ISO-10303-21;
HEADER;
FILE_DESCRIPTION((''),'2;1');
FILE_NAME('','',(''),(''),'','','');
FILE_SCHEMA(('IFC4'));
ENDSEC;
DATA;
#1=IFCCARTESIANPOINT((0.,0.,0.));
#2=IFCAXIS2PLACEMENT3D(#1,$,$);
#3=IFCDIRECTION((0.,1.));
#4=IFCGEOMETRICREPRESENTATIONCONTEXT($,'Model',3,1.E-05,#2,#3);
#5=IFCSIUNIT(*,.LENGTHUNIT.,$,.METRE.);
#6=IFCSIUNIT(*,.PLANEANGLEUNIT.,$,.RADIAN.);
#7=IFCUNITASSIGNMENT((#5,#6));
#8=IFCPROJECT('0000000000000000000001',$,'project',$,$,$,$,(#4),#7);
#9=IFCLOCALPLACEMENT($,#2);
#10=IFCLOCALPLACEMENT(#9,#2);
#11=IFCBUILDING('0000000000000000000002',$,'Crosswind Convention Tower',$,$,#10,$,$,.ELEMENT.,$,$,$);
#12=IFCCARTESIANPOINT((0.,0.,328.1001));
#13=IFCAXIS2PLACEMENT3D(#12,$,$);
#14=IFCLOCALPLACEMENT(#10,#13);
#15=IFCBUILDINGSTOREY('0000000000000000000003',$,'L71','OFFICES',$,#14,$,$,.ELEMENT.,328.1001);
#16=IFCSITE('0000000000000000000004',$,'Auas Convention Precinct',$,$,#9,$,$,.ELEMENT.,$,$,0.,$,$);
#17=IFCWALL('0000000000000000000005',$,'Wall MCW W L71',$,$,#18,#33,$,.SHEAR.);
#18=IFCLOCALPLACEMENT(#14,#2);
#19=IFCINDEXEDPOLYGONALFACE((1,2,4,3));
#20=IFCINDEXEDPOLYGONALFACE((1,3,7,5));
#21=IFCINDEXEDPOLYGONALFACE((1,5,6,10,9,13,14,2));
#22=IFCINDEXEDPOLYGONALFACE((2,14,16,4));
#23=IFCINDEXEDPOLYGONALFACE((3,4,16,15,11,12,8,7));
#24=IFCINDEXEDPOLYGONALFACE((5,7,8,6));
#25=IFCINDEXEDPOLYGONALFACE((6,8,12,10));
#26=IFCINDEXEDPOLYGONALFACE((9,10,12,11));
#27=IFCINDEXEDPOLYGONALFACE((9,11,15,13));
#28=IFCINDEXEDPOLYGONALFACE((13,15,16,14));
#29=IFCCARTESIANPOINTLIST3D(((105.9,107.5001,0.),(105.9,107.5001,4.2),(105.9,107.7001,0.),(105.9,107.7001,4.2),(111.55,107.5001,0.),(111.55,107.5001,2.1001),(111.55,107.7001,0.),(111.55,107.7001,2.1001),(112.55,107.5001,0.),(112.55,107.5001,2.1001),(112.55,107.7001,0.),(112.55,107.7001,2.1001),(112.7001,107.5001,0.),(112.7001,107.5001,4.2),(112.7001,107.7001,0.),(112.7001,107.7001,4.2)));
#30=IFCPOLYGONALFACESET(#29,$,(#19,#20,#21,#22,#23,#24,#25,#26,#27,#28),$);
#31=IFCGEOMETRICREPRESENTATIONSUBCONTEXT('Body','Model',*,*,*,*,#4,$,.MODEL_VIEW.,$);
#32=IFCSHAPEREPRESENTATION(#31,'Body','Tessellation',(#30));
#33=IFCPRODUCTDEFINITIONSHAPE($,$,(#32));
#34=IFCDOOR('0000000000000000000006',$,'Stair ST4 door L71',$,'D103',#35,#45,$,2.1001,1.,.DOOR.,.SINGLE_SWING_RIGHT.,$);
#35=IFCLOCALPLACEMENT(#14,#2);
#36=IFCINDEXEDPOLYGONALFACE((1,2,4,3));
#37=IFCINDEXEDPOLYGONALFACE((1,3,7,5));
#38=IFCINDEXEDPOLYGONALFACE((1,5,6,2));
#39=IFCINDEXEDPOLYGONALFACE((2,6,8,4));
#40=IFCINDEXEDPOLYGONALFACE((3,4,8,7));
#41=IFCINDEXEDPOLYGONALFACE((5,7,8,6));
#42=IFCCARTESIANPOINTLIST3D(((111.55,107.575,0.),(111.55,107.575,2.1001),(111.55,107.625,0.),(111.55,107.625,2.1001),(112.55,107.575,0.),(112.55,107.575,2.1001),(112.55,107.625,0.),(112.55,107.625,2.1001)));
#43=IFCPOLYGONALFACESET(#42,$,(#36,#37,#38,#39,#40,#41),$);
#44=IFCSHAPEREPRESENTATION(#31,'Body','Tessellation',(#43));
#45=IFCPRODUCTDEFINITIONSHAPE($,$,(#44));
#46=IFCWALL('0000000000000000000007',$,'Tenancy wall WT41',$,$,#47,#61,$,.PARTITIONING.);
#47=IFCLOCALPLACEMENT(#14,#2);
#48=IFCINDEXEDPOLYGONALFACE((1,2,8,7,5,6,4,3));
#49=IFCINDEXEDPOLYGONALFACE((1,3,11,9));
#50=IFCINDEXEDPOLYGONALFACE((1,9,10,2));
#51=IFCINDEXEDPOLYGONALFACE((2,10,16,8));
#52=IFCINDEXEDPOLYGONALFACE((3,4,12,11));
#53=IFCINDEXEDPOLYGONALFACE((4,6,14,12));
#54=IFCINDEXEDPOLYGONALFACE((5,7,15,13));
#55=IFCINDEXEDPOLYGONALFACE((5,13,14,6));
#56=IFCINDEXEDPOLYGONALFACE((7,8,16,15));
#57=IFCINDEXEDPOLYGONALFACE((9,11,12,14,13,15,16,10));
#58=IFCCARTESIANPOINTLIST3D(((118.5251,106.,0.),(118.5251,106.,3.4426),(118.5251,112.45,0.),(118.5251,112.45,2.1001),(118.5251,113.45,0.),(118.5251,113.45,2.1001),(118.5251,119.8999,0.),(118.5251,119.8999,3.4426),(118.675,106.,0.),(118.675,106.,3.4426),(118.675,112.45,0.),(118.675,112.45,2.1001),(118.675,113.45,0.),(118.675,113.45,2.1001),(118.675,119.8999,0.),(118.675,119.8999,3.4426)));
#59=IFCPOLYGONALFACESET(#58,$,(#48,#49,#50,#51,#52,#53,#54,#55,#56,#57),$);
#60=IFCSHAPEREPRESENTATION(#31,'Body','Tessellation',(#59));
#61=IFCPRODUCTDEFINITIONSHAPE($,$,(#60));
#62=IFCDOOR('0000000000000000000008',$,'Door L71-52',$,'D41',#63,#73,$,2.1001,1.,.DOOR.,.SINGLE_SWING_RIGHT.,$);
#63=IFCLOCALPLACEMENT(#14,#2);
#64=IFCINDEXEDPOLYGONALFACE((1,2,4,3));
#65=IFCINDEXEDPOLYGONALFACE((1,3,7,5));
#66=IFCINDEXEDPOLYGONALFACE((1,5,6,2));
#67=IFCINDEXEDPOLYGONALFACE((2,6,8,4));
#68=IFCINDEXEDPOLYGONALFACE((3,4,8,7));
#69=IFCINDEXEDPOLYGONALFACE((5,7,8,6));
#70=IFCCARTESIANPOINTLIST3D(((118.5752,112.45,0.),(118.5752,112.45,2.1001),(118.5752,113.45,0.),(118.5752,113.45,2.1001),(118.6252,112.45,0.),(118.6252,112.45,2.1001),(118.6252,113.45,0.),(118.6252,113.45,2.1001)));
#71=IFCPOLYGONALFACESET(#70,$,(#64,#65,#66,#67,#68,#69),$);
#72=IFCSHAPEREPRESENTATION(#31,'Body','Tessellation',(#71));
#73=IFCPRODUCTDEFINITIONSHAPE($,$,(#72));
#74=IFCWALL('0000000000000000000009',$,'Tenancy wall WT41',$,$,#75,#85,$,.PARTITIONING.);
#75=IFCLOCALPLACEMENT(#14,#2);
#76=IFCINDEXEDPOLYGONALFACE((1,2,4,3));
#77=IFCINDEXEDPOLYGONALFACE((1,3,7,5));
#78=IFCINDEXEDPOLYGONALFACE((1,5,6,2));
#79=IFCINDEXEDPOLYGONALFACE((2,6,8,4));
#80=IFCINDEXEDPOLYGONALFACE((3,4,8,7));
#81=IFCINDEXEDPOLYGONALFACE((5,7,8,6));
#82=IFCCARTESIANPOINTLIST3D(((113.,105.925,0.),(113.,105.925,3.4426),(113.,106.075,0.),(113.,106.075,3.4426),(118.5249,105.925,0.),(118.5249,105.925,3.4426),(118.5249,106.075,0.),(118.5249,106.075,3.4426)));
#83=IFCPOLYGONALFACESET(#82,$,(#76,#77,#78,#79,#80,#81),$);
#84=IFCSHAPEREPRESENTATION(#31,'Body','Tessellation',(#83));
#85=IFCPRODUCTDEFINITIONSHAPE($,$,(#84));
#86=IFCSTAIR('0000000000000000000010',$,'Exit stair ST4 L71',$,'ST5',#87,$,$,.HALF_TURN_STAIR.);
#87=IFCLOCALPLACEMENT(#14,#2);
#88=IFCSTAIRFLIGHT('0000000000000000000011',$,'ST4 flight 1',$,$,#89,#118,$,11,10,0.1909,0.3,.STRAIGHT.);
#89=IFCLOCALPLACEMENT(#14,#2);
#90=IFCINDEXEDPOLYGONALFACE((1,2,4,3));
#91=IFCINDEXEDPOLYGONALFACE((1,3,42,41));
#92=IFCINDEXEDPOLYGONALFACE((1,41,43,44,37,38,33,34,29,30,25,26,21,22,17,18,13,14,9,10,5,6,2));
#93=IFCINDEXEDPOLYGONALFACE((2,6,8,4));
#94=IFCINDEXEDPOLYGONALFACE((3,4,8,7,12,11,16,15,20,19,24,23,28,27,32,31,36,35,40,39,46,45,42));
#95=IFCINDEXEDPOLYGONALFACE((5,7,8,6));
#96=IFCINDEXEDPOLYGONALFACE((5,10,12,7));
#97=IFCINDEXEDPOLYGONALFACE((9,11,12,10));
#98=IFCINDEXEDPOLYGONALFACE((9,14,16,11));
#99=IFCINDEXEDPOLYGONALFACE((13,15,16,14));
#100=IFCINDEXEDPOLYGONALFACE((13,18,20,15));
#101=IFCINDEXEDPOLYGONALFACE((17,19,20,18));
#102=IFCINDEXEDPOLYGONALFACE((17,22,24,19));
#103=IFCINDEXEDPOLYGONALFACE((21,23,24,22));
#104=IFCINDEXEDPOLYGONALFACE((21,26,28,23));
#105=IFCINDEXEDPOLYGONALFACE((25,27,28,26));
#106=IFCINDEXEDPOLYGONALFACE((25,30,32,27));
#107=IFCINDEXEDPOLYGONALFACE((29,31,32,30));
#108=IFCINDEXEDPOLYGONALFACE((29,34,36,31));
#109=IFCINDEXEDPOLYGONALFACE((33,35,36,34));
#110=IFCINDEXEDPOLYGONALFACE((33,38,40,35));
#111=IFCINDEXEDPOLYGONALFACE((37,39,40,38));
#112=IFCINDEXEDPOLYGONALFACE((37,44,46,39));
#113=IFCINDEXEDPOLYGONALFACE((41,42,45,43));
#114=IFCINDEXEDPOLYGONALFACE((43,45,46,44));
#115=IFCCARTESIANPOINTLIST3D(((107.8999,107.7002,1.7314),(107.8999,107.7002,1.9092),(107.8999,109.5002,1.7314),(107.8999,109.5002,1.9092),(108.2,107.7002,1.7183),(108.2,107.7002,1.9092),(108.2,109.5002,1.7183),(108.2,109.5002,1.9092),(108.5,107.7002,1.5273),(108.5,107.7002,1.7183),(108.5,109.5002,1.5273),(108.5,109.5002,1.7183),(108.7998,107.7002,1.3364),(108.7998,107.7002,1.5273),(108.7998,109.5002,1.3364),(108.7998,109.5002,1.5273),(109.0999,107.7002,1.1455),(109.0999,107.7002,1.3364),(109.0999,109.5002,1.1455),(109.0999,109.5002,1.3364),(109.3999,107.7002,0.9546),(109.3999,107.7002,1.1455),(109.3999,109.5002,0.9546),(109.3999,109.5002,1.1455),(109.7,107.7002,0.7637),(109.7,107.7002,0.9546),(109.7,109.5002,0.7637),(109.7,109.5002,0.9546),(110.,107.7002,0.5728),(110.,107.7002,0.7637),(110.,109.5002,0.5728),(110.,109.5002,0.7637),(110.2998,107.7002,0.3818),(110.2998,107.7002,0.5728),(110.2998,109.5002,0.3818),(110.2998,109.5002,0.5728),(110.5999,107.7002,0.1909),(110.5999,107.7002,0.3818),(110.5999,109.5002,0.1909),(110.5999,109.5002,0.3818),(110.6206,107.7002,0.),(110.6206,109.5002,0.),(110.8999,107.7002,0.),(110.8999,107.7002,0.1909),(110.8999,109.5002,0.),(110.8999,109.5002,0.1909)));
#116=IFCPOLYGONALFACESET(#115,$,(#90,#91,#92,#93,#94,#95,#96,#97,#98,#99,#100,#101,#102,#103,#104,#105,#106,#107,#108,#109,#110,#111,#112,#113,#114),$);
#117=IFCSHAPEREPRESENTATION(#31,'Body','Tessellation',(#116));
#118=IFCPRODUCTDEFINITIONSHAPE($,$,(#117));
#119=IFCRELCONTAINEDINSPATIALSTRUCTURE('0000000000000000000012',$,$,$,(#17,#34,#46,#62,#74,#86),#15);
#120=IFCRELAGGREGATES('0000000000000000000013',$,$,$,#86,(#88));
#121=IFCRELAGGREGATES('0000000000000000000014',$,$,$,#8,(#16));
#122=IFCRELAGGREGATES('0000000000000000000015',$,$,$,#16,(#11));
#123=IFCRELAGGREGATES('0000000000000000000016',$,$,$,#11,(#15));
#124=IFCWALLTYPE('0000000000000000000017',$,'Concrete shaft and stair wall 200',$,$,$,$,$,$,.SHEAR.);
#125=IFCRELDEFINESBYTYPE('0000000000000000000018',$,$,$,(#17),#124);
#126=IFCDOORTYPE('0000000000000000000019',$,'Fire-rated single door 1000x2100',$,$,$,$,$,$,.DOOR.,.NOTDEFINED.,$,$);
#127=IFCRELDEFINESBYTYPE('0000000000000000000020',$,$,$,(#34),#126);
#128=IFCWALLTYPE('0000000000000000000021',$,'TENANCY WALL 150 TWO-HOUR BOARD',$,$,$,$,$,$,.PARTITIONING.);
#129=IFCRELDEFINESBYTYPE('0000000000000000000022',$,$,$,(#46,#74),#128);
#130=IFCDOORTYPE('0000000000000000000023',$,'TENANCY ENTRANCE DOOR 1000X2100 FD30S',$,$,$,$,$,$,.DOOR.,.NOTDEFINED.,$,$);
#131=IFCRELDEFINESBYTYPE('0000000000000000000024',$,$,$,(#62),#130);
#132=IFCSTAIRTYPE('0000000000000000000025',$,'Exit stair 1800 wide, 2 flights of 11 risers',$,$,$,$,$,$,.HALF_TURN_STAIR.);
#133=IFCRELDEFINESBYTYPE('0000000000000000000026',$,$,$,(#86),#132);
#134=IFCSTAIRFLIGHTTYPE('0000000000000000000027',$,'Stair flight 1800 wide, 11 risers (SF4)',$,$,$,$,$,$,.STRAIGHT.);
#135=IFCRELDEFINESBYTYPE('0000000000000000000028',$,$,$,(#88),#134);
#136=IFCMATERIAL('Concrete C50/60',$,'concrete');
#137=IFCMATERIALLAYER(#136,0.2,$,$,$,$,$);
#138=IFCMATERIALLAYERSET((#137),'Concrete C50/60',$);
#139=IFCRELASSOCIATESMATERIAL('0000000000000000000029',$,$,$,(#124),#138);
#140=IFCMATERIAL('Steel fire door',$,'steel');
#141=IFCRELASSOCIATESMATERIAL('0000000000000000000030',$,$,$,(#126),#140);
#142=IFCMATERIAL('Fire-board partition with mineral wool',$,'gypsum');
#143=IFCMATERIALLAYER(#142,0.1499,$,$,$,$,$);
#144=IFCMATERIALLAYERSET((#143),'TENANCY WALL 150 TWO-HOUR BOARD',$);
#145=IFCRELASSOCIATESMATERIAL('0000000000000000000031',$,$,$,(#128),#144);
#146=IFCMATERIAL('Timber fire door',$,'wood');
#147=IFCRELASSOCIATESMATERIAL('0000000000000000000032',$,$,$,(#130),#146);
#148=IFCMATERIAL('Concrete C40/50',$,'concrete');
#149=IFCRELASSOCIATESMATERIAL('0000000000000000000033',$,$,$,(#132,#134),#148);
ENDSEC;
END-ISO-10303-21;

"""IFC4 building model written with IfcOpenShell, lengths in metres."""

from ifc_helpers import new_model, si_unit, direction, frame, frame_2d, origin, place, context, subcontext, project, spatial, polyline, rectangle, outline, extrude, material, layer, layer_set, type_object, element, fill, aggregate, save


model = new_model("IFC4")

# Units and contexts
model_context = context("Model", 3, precision=1e-05, world=origin(), true_north=direction((0.0, 1.0)))
body_context = subcontext(model_context, "Body", "Model", "MODEL_VIEW")
ifc_project = project(units=[si_unit("LENGTHUNIT", "METRE"), si_unit("PLANEANGLEUNIT", "RADIAN")], contexts=[model_context])

# Site, building, storey
site_placement = place(None, origin())
site = spatial("IfcSite", under=ifc_project, at=site_placement, Name="Auas Convention Precinct", CompositionType="ELEMENT", RefElevation=0.0)
building_placement = place(site_placement, origin())
building = spatial("IfcBuilding", under=site, at=building_placement, Name="Crosswind Convention Tower", CompositionType="ELEMENT")
storey_placement = place(building_placement, frame((0.0, 0.0, 328.1001)))
storey = spatial("IfcBuildingStorey", under=building, at=storey_placement, Name="L71", Description="OFFICES", CompositionType="ELEMENT", Elevation=328.1001)

# Shared definitions
ifc_material_1 = material(Name="Concrete C50/60", Category="concrete")
ifc_layer_1 = layer(ifc_material_1, 0.2)
ifc_layer_set_1 = layer_set([ifc_layer_1], Name="Concrete C50/60")
wall_type_1 = type_object("IfcWallType", Name="Concrete shaft and stair wall 200", PredefinedType="SHEAR", material=ifc_layer_set_1)

# Walls, openings, doors
ifc_material_2 = material(Name="Steel fire door", Category="steel")
wall_1_placement = place(storey_placement, frame((112.7, 107.6001, 0.0), z_axis=(0.0, 0.0, 1.0), x_axis=(-1.0, 0.0, 0.0)))
wall_1 = element("IfcWall", 1, at=wall_1_placement, inside=storey, type_object=wall_type_1, Name="Wall MCW W L71", PredefinedType="SHEAR", context=body_context, shape_type="SweptSolid", body=[
    extrude(rectangle(XDim=6.8, YDim=0.2, at=frame_2d((3.3999, 0.0))), origin(), (0.0, 0.0, 1.0), 4.2),
])
opening_1_placement = place(wall_1_placement, frame((0.1499, 0.0, 0.0)))
opening_1 = element("IfcOpeningElement", 2, at=opening_1_placement, cuts=wall_1, PredefinedType="OPENING", context=body_context, shape_type="SweptSolid", body=[
    extrude(rectangle(XDim=1.0, YDim=2.1001, at=frame_2d((0.5, 1.05))), frame((0.0, 0.1099, 0.0), z_axis=(0.0, -1.0, 0.0), x_axis=(1.0, 0.0, 0.0)), (0.0, 0.0, 1.0), 0.22),
])
door_type_1 = type_object("IfcDoorType", Name="Fire-rated single door 1000x2100", OperationType="NOTDEFINED", PredefinedType="DOOR", material=ifc_material_2)
door_1_placement = place(opening_1_placement, frame((1.0, 0.0, 0.0), z_axis=(0.0, 0.0, 1.0), x_axis=(-1.0, 0.0, 0.0)))
door_1 = element("IfcDoor", 3, at=door_1_placement, inside=storey, type_object=door_type_1, Name="Stair ST4 door L71", ObjectType="D103", OperationType="SINGLE_SWING_RIGHT", OverallHeight=2.1001, OverallWidth=1.0, PredefinedType="DOOR", context=body_context, shape_type="SweptSolid", body=[
    extrude(rectangle(XDim=1.0, YDim=2.1001, at=frame_2d((0.5, 1.05))), frame((0.0, 0.0249, 0.0), z_axis=(0.0, -1.0, 0.0), x_axis=(1.0, 0.0, 0.0)), (0.0, 0.0, 1.0), 0.05),
])
fill(opening_1, door_1)
ifc_material_3 = material(Name="Fire-board partition with mineral wool", Category="gypsum")
ifc_layer_2 = layer(ifc_material_3, 0.1499)
ifc_layer_set_2 = layer_set([ifc_layer_2], Name="TENANCY WALL 150 TWO-HOUR BOARD")
wall_type_2 = type_object("IfcWallType", Name="TENANCY WALL 150 TWO-HOUR BOARD", PredefinedType="PARTITIONING", material=ifc_layer_set_2)
wall_2_placement = place(storey_placement, frame((118.6001, 106.0, 0.0), z_axis=(0.0, 0.0, 1.0), x_axis=(0.0, 1.0, 0.0)))
wall_2 = element("IfcWall", 4, at=wall_2_placement, inside=storey, type_object=wall_type_2, Name="Tenancy wall WT41", PredefinedType="PARTITIONING", context=body_context, shape_type="SweptSolid", body=[
    extrude(rectangle(XDim=13.8999, YDim=0.1499, at=frame_2d((6.95, 0.0))), origin(), (0.0, 0.0, 1.0), 3.4426),
])
opening_2_placement = place(wall_2_placement, frame((6.45, 0.0, 0.0)))
opening_2 = element("IfcOpeningElement", 5, at=opening_2_placement, cuts=wall_2, PredefinedType="OPENING", context=body_context, shape_type="SweptSolid", body=[
    extrude(rectangle(XDim=1.0, YDim=2.1001, at=frame_2d((0.5, 1.05))), frame((0.0, 0.085, 0.0), z_axis=(0.0, -1.0, 0.0), x_axis=(1.0, 0.0, 0.0)), (0.0, 0.0, 1.0), 0.1699),
])
ifc_material_4 = material(Name="Timber fire door", Category="wood")
door_type_2 = type_object("IfcDoorType", Name="TENANCY ENTRANCE DOOR 1000X2100 FD30S", OperationType="NOTDEFINED", PredefinedType="DOOR", material=ifc_material_4)
door_2_placement = place(opening_2_placement, origin())
door_2 = element("IfcDoor", 6, at=door_2_placement, inside=storey, type_object=door_type_2, Name="Door L71-52", ObjectType="D41", OperationType="SINGLE_SWING_RIGHT", OverallHeight=2.1001, OverallWidth=1.0, PredefinedType="DOOR", context=body_context, shape_type="SweptSolid", body=[
    extrude(rectangle(XDim=1.0, YDim=2.1001, at=frame_2d((0.5, 1.05))), frame((0.0, 0.0249, 0.0), z_axis=(0.0, -1.0, 0.0), x_axis=(1.0, 0.0, 0.0)), (0.0, 0.0, 1.0), 0.05),
])
fill(opening_2, door_2)

# Wall
wall_3_placement = place(storey_placement, frame((113.0, 106.0, 0.0), z_axis=(0.0, 0.0, 1.0), x_axis=(1.0, 0.0, 0.0)))
element("IfcWall", 7, at=wall_3_placement, inside=storey, type_object=wall_type_2, Name="Tenancy wall WT41", PredefinedType="PARTITIONING", context=body_context, shape_type="SweptSolid", body=[
    extrude(rectangle(XDim=5.5249, YDim=0.1499, at=frame_2d((2.7625, 0.0))), origin(), (0.0, 0.0, 1.0), 3.4426),
])

# Stair, stair flight
ifc_material_5 = material(Name="Concrete C40/50", Category="concrete")
stair_type = type_object("IfcStairType", Name="Exit stair 1800 wide, 2 flights of 11 risers", PredefinedType="HALF_TURN_STAIR", material=ifc_material_5)
stair_placement = place(storey_placement, origin())
stair = element("IfcStair", 8, at=stair_placement, inside=storey, type_object=stair_type, Name="Exit stair ST4 L71", ObjectType="ST5", PredefinedType="HALF_TURN_STAIR")
stair_flight_type = type_object("IfcStairFlightType", Name="Stair flight 1800 wide, 11 risers (SF4)", PredefinedType="STRAIGHT", material=ifc_material_5)
stair_flight_placement = place(storey_placement, frame((110.8999, 108.6001, 0.0), z_axis=(0.0, 0.0, 1.0), x_axis=(-1.0, 0.0, 0.0)))
stair_flight = element("IfcStairFlight", 9, at=stair_flight_placement, type_object=stair_flight_type, Name="ST4 flight 1", NumberOfRisers=11, NumberOfTreads=10, PredefinedType="STRAIGHT", RiserHeight=0.1909, TreadLength=0.3, context=body_context, shape_type="SweptSolid", body=[
    extrude(outline(polyline([(0.0, 0.0), (0.0, 0.1909), (0.3, 0.1909), (0.3, 0.3818), (0.6001, 0.3818), (0.6001, 0.5728), (0.8999, 0.5728), (0.8999, 0.7637), (1.2, 0.7637), (1.2, 0.9546), (1.5, 0.9546), (1.5, 1.1455), (1.8, 1.1455), (1.8, 1.3364), (2.1001, 1.3364), (2.1001, 1.5273), (2.3999, 1.5273), (2.3999, 1.7183), (2.7, 1.7183), (2.7, 1.9092), (3.0, 1.9092), (3.0, 2.1001), (3.0, 1.7314), (0.2793, 0.0), (0.0, 0.0)])), frame((0.0, 0.8999, 0.0), z_axis=(0.0, -1.0, 0.0), x_axis=(1.0, 0.0, 0.0)), (0.0, 0.0, 1.0), 1.8),
])
aggregate(stair, [stair_flight])

save(model, "model.ifc")
